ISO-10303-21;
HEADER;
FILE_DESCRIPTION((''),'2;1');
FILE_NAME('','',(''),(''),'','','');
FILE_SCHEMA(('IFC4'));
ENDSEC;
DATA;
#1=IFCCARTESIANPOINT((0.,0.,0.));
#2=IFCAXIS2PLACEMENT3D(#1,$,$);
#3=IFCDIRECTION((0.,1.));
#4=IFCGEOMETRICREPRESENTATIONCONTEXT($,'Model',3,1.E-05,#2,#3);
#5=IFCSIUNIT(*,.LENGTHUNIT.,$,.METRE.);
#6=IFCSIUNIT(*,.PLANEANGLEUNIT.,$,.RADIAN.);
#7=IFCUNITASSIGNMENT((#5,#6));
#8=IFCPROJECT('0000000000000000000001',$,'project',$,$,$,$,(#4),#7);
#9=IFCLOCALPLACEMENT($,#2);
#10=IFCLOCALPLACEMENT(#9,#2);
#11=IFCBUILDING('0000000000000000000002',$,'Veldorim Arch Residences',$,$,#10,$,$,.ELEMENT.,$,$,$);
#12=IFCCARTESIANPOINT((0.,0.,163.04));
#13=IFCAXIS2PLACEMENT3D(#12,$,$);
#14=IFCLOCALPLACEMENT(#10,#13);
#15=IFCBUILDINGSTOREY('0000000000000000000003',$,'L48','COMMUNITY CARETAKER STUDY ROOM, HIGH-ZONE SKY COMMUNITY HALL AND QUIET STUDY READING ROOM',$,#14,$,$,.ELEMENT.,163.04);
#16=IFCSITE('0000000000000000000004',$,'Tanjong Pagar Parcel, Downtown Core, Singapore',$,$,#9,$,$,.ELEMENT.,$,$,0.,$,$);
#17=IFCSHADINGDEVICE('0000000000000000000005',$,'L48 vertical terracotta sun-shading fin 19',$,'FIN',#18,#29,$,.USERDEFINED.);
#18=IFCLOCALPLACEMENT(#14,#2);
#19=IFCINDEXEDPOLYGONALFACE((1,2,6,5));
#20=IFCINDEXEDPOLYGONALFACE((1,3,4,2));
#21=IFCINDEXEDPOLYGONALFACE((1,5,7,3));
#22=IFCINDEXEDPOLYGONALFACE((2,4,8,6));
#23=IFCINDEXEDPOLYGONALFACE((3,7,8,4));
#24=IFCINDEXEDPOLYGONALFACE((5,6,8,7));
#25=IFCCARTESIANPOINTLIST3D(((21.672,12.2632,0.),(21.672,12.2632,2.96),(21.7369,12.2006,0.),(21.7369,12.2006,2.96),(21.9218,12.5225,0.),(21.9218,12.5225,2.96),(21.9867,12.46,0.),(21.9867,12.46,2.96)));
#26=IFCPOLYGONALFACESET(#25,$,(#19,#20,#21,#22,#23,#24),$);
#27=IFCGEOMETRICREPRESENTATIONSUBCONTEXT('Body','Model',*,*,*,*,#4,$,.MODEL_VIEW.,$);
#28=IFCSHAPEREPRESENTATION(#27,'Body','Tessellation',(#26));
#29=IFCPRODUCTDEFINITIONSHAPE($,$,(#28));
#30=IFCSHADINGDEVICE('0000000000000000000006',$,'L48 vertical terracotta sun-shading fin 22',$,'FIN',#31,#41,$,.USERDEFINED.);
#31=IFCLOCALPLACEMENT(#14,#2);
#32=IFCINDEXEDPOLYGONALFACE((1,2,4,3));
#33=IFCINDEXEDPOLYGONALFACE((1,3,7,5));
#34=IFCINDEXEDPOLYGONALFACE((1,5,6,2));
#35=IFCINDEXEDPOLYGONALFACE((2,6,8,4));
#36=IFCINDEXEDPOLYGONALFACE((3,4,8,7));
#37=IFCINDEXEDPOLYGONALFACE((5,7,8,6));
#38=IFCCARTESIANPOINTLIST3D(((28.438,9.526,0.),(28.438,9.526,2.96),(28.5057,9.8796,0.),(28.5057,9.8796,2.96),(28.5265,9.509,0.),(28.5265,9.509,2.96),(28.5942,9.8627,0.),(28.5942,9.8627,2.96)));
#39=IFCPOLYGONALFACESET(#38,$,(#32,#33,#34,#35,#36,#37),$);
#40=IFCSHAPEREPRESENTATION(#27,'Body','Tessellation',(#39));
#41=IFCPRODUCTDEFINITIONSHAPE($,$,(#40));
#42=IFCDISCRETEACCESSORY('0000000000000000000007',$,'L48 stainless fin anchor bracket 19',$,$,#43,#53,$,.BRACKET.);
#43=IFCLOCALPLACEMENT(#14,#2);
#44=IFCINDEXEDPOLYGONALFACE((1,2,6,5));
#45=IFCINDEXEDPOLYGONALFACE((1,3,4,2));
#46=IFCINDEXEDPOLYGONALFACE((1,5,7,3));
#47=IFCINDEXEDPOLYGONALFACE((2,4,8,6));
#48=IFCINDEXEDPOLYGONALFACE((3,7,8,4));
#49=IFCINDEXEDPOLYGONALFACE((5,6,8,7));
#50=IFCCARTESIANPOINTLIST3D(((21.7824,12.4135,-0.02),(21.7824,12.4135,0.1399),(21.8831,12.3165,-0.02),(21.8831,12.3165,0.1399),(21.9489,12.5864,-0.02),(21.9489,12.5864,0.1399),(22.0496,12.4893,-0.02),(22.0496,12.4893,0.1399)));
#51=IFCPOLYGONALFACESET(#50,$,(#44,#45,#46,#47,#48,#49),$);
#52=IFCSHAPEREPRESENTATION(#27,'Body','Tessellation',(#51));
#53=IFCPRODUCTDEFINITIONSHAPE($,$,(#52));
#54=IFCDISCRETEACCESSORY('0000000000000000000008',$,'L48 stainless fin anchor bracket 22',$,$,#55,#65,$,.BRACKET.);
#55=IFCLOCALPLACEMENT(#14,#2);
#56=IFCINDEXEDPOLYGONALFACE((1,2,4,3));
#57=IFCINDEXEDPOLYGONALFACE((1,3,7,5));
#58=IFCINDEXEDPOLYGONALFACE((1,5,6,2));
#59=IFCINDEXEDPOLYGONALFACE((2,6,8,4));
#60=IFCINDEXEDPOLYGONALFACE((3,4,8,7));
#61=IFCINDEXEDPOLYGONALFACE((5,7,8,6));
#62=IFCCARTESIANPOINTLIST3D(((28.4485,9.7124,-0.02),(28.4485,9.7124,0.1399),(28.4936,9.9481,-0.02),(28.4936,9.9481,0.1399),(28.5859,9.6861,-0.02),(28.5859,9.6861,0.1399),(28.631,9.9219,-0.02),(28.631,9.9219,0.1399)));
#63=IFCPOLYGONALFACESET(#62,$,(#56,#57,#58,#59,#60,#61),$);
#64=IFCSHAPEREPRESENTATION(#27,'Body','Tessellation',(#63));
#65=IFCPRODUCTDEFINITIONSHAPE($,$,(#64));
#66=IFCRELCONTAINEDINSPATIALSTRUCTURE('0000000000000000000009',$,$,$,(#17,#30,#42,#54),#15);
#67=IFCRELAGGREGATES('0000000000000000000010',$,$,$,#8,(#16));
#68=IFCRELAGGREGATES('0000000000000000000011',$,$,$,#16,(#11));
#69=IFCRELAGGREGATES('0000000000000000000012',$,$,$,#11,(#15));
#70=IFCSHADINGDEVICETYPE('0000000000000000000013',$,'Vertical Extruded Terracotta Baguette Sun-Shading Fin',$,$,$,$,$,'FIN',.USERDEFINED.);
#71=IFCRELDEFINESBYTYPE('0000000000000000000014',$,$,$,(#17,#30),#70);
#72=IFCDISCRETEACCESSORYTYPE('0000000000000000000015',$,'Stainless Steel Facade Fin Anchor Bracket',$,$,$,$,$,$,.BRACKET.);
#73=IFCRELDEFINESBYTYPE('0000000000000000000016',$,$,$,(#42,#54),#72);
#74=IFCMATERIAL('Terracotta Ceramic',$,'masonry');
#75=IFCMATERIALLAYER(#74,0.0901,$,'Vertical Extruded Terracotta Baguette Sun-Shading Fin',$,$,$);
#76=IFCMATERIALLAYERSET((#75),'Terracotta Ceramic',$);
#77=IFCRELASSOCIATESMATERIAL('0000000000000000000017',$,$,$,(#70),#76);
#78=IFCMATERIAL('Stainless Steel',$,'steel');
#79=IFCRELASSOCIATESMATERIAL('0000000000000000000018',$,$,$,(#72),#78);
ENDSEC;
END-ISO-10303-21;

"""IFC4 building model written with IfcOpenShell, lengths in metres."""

from ifc_helpers import new_model, si_unit, direction, frame, origin, origin_2d, place, context, subcontext, project, spatial, rectangle, extrude, material, layer, layer_set, type_object, element, save


model = new_model("IFC4")

# Units and contexts
model_context = context("Model", 3, precision=1e-05, world=origin(), true_north=direction((0.0, 1.0)))
body_context = subcontext(model_context, "Body", "Model", "MODEL_VIEW")
ifc_project = project(units=[si_unit("LENGTHUNIT", "METRE"), si_unit("PLANEANGLEUNIT", "RADIAN")], contexts=[model_context])

# Site, building, storey
site_placement = place(None, origin())
site = spatial("IfcSite", under=ifc_project, at=site_placement, Name="Tanjong Pagar Parcel, Downtown Core, Singapore", CompositionType="ELEMENT", RefElevation=0.0)
building_placement = place(site_placement, origin())
building = spatial("IfcBuilding", under=site, at=building_placement, Name="Veldorim Arch Residences", CompositionType="ELEMENT")
storey_placement = place(building_placement, frame((0.0, 0.0, 163.04)))
storey = spatial("IfcBuildingStorey", under=building, at=storey_placement, Name="L48", Description="COMMUNITY CARETAKER STUDY ROOM, HIGH-ZONE SKY COMMUNITY HALL AND QUIET STUDY READING ROOM", CompositionType="ELEMENT", Elevation=163.04)

# Shading devices
ifc_material_1 = material(Name="Terracotta Ceramic", Category="masonry")
ifc_layer_1 = layer(ifc_material_1, 0.0901, Name="Vertical Extruded Terracotta Baguette Sun-Shading Fin")
ifc_layer_set_1 = layer_set([ifc_layer_1], Name="Terracotta Ceramic")
shading_device_type = type_object("IfcShadingDeviceType", Name="Vertical Extruded Terracotta Baguette Sun-Shading Fin", ElementType="FIN", PredefinedType="USERDEFINED", material=ifc_layer_set_1)
for number, where, z_axis, x_axis, name in (
    (1, (21.8293, 12.3616, 0.0), (0.0, 0.0, 1.0), (-0.720188, 0.693779, 0.0), "L48 vertical terracotta sun-shading fin 19"),
    (2, (28.5161, 9.6943, 0.0), (0.0, 0.0, 1.0), (-0.982189, 0.187896, 0.0), "L48 vertical terracotta sun-shading fin 22"),
):
    element("IfcShadingDevice", number, at=place(storey_placement, frame(where, z_axis=z_axis, x_axis=x_axis)), inside=storey, type_object=shading_device_type, Name=name, ObjectType="FIN", PredefinedType="USERDEFINED", context=body_context, shape_type="SweptSolid", body=[
        extrude(rectangle(XDim=0.0901, YDim=0.3601, at=origin_2d()), origin(), (0.0, 0.0, 1.0), 2.96),
    ])

# Discrete accessories
ifc_material_2 = material(Name="Stainless Steel", Category="steel")
discrete_accessory_type = type_object("IfcDiscreteAccessoryType", Name="Stainless Steel Facade Fin Anchor Bracket", PredefinedType="BRACKET", material=ifc_material_2)
for number, where, z_axis, x_axis, name in (
    (3, (21.916, 12.4514, -0.02), (0.0, 0.0, 1.0), (-0.720188, 0.693779, 0.0), "L48 stainless fin anchor bracket 19"),
    (4, (28.5398, 9.8171, -0.02), (0.0, 0.0, 1.0), (-0.982189, 0.187896, 0.0), "L48 stainless fin anchor bracket 22"),
):
    element("IfcDiscreteAccessory", number, at=place(storey_placement, frame(where, z_axis=z_axis, x_axis=x_axis)), inside=storey, type_object=discrete_accessory_type, Name=name, PredefinedType="BRACKET", context=body_context, shape_type="SweptSolid", body=[
        extrude(rectangle(XDim=0.1399, YDim=0.24, at=origin_2d()), origin(), (0.0, 0.0, 1.0), 0.1599),
    ])

save(model, "model.ifc")
